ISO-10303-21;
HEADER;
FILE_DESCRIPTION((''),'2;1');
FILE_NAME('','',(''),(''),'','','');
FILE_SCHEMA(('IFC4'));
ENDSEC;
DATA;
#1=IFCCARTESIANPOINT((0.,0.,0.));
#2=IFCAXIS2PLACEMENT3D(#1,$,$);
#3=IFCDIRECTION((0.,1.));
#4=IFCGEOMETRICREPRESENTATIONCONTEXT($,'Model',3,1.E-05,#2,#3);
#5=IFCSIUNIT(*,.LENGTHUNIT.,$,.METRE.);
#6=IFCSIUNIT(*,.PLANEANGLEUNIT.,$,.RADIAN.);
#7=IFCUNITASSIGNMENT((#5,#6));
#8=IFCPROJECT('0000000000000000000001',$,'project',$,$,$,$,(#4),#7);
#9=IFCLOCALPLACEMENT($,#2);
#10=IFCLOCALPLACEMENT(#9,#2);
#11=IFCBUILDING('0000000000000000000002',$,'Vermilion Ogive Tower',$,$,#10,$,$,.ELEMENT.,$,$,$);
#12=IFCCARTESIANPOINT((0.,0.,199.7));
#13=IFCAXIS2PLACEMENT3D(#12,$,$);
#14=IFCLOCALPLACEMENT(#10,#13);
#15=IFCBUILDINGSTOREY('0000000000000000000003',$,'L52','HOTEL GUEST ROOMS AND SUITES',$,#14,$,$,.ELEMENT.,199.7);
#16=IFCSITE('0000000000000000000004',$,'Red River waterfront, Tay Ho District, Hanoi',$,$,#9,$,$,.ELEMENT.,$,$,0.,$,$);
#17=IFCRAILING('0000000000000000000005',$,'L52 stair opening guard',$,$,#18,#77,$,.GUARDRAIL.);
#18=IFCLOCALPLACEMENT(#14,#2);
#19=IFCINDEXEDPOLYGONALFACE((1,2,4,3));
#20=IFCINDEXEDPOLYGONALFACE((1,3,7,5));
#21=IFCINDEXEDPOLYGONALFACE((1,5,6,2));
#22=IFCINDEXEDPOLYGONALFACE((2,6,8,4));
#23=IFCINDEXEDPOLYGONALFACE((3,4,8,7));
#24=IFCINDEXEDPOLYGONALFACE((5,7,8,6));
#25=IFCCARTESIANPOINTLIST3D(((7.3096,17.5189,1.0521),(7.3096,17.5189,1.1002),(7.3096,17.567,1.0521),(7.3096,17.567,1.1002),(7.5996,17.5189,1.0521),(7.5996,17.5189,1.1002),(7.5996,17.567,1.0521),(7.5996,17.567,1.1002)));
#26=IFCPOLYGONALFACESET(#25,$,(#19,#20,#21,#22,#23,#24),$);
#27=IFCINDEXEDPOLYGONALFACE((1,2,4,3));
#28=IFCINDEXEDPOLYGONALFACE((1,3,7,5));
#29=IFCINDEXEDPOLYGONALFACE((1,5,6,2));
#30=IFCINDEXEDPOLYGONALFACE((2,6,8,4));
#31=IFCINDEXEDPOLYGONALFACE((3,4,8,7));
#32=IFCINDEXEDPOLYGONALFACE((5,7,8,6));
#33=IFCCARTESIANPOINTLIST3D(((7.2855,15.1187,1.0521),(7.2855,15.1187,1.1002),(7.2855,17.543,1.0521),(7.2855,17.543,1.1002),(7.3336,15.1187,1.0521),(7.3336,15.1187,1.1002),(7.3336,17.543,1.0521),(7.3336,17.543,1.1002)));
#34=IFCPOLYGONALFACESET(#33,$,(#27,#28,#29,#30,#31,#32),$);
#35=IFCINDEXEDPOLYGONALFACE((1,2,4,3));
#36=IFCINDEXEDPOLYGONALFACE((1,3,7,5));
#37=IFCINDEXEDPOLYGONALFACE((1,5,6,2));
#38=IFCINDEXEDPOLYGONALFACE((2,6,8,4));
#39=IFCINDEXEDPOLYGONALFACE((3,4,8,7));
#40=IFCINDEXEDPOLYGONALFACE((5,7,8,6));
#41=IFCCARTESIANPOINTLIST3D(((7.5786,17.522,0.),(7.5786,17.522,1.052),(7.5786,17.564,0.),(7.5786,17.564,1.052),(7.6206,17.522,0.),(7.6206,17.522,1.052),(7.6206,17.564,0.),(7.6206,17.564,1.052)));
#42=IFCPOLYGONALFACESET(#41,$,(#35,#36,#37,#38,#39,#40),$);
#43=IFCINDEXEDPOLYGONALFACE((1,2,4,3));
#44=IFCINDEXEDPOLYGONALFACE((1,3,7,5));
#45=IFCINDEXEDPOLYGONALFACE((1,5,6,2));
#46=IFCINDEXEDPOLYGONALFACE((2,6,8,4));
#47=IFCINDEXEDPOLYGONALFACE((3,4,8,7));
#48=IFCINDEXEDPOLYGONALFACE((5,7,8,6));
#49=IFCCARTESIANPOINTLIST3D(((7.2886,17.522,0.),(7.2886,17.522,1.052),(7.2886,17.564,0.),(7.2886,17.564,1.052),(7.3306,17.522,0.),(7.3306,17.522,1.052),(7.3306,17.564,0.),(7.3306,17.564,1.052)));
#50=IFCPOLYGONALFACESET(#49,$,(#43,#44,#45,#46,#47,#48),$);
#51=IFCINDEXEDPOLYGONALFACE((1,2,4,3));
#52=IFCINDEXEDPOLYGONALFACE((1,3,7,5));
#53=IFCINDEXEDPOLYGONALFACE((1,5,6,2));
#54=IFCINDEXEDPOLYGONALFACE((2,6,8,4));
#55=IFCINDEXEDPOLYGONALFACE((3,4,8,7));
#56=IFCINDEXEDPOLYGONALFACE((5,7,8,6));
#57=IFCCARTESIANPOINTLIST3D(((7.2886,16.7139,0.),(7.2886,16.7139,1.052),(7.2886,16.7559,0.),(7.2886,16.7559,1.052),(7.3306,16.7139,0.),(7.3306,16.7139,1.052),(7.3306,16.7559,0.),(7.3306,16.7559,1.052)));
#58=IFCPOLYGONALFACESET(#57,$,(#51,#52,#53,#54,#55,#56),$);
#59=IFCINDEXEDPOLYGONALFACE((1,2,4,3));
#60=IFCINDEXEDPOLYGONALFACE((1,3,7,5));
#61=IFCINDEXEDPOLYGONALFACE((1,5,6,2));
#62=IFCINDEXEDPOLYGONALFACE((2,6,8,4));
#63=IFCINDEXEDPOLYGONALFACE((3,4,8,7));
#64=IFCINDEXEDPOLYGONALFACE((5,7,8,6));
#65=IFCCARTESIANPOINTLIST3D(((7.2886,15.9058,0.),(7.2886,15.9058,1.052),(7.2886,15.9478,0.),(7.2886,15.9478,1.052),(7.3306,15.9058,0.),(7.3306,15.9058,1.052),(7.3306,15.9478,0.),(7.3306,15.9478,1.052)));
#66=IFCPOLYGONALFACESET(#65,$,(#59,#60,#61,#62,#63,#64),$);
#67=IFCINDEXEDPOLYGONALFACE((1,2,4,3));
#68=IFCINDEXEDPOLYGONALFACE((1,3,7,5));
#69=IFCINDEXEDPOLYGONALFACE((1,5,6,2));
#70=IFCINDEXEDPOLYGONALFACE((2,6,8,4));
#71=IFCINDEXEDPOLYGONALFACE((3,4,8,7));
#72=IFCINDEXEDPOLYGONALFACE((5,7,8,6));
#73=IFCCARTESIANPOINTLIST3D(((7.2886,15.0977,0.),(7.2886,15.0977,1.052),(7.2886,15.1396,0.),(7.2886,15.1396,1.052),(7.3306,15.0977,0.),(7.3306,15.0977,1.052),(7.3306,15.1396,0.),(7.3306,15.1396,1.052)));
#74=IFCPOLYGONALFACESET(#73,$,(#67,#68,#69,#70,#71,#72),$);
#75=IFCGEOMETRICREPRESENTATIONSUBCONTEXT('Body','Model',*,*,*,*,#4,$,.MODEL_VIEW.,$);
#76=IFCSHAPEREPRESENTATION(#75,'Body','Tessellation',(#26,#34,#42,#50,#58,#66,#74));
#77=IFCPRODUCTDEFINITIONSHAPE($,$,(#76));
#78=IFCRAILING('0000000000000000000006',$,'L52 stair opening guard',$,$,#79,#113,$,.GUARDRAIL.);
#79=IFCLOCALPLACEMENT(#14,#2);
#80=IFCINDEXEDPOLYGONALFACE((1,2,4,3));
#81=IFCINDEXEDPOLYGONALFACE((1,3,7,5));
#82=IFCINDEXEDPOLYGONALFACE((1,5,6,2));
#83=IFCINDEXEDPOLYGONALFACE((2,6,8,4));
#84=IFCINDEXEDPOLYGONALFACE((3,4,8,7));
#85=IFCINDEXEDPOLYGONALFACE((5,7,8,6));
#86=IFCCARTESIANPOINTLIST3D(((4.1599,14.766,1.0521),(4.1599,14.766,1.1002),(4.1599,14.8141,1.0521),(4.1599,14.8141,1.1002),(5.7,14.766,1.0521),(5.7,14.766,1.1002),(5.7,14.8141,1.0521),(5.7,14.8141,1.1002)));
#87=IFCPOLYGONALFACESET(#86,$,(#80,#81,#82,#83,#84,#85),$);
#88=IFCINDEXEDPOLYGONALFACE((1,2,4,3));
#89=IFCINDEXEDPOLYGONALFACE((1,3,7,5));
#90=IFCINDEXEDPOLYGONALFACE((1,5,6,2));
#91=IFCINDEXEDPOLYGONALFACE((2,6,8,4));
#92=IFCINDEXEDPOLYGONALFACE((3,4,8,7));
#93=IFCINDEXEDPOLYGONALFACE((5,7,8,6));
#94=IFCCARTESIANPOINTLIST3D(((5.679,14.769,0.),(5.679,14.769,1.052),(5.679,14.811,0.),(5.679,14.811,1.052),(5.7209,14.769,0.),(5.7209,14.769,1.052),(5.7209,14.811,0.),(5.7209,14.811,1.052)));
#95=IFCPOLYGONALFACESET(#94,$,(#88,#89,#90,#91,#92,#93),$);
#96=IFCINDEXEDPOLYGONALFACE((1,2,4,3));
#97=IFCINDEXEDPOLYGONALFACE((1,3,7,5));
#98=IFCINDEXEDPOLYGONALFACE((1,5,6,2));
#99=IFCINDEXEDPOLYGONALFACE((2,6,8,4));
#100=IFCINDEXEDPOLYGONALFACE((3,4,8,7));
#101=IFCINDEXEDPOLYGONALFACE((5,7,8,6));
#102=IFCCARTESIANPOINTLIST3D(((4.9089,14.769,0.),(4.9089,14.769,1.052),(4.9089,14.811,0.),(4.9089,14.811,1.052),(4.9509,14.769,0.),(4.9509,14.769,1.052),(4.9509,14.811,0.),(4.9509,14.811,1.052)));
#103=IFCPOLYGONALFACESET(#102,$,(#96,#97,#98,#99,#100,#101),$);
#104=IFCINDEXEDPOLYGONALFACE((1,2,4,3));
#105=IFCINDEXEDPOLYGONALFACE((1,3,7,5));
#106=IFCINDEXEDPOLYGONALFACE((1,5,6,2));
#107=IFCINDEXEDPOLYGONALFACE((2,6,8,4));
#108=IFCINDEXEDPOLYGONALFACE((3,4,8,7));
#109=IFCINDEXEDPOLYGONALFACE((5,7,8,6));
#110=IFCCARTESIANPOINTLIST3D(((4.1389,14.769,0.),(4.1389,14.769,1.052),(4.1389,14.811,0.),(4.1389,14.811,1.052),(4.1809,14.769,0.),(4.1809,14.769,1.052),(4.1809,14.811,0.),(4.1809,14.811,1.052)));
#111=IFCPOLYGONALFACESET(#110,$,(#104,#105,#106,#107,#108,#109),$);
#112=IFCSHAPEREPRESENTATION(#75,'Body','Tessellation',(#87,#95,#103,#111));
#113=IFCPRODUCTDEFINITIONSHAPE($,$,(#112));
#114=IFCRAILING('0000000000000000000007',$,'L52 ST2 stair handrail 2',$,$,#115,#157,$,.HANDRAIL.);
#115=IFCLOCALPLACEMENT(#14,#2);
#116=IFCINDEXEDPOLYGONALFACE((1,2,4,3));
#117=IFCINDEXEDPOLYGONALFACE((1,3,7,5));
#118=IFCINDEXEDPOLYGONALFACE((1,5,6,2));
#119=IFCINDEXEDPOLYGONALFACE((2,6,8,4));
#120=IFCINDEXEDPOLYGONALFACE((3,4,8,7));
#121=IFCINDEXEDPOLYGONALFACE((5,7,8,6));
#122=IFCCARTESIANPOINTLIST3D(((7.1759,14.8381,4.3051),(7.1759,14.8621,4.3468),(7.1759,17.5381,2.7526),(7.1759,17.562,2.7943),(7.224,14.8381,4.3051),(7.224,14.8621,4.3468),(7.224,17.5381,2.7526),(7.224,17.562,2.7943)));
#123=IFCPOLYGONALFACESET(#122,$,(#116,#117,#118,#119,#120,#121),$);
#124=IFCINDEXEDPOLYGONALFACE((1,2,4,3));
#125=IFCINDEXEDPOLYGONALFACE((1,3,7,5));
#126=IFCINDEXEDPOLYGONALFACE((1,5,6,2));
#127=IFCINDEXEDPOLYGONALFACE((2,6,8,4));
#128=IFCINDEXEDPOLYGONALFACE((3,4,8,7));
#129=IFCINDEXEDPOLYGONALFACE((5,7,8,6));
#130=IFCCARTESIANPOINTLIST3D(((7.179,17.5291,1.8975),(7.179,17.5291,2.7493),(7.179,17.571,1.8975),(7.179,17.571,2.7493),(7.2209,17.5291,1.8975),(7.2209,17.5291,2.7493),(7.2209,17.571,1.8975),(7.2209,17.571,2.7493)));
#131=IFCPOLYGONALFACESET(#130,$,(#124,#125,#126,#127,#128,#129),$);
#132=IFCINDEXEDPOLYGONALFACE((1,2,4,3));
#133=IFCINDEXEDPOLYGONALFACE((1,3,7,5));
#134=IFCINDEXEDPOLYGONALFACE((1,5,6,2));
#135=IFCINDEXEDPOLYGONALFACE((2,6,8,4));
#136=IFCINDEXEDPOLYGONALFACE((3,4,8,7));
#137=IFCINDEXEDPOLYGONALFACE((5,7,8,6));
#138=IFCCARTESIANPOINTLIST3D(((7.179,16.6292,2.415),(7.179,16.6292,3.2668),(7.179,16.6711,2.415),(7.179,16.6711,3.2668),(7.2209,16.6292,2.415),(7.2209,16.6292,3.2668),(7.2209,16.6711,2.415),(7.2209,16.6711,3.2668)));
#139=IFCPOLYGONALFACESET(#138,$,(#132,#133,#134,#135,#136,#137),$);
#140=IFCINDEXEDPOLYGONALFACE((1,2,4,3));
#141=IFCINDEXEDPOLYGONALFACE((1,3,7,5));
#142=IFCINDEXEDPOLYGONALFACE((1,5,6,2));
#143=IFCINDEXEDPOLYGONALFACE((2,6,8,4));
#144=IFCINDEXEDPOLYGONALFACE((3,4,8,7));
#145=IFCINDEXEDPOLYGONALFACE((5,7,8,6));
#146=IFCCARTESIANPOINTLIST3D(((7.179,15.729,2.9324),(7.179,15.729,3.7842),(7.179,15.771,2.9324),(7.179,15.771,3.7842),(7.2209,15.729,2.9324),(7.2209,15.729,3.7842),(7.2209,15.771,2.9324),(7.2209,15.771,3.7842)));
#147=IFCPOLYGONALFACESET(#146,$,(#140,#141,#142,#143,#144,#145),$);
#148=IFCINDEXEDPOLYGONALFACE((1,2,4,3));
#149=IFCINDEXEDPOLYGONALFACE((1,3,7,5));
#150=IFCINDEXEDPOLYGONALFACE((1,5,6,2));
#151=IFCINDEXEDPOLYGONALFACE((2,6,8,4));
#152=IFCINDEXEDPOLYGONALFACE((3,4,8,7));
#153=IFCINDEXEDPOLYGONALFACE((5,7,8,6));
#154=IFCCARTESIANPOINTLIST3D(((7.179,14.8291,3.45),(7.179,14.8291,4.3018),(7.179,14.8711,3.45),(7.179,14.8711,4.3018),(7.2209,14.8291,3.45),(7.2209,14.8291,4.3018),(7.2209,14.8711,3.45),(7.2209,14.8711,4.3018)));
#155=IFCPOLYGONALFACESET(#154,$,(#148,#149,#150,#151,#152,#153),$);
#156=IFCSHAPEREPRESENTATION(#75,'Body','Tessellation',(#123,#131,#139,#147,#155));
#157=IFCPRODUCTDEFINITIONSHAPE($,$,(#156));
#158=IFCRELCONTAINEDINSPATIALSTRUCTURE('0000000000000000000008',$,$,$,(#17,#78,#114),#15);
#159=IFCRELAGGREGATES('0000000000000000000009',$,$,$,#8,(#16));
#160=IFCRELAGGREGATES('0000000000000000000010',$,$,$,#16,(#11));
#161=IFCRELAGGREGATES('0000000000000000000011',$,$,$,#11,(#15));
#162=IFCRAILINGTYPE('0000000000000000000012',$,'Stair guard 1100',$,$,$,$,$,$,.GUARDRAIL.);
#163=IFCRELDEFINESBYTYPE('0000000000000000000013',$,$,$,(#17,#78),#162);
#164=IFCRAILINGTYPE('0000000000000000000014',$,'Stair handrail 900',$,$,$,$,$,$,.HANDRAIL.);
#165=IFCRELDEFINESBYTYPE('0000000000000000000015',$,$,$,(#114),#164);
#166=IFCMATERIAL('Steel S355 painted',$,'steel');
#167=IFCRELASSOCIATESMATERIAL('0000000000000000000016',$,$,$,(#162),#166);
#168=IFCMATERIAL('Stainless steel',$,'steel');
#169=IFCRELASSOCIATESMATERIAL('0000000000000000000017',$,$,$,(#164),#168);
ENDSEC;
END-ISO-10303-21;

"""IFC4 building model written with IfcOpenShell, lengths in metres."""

from ifc_helpers import new_model, si_unit, direction, frame, origin, origin_2d, place, context, subcontext, project, spatial, rectangle, extrude, material, type_object, element, save


model = new_model("IFC4")

# Units and contexts
model_context = context("Model", 3, precision=1e-05, world=origin(), true_north=direction((0.0, 1.0)))
body_context = subcontext(model_context, "Body", "Model", "MODEL_VIEW")
ifc_project = project(units=[si_unit("LENGTHUNIT", "METRE"), si_unit("PLANEANGLEUNIT", "RADIAN")], contexts=[model_context])

# Site, building, storey
site_placement = place(None, origin())
site = spatial("IfcSite", under=ifc_project, at=site_placement, Name="Red River waterfront, Tay Ho District, Hanoi", CompositionType="ELEMENT", RefElevation=0.0)
building_placement = place(site_placement, origin())
building = spatial("IfcBuilding", under=site, at=building_placement, Name="Vermilion Ogive Tower", CompositionType="ELEMENT")
storey_placement = place(building_placement, frame((0.0, 0.0, 199.7)))
storey = spatial("IfcBuildingStorey", under=building, at=storey_placement, Name="L52", Description="HOTEL GUEST ROOMS AND SUITES", CompositionType="ELEMENT", Elevation=199.7)

# Railings
ifc_material_1 = material(Name="Steel S355 painted", Category="steel")
railing_type_1 = type_object("IfcRailingType", Name="Stair guard 1100", PredefinedType="GUARDRAIL", material=ifc_material_1)
railing_1_placement = place(storey_placement, frame((7.5996, 17.543, 0.0)))
element("IfcRailing", 1, at=railing_1_placement, inside=storey, type_object=railing_type_1, Name="L52 stair opening guard", PredefinedType="GUARDRAIL", context=body_context, shape_type="SweptSolid", body=[
    extrude(rectangle(XDim=0.0481, YDim=0.0481, at=origin_2d()), frame((0.0, 0.0, 1.0762), z_axis=(-1.0, 0.0, 0.0), x_axis=(0.0, -1.0, 0.0)), (0.0, 0.0, 1.0), 0.29),
    extrude(rectangle(XDim=0.0481, YDim=0.0481, at=origin_2d()), frame((-0.29, 0.0, 1.0762), z_axis=(0.0, -1.0, 0.0), x_axis=(1.0, 0.0, 0.0)), (0.0, 0.0, 1.0), 2.4243),
    extrude(rectangle(XDim=0.042, YDim=0.042, at=origin_2d()), origin(), (0.0, 0.0, 1.0), 1.052),
    extrude(rectangle(XDim=0.042, YDim=0.042, at=origin_2d()), frame((-0.29, 0.0, 0.0)), (0.0, 0.0, 1.0), 1.052),
    extrude(rectangle(XDim=0.042, YDim=0.042, at=origin_2d()), frame((-0.29, -0.8081, 0.0)), (0.0, 0.0, 1.0), 1.052),
    extrude(rectangle(XDim=0.042, YDim=0.042, at=origin_2d()), frame((-0.29, -1.6162, 0.0)), (0.0, 0.0, 1.0), 1.052),
    extrude(rectangle(XDim=0.042, YDim=0.042, at=origin_2d()), frame((-0.29, -2.4243, 0.0)), (0.0, 0.0, 1.0), 1.052),
])
railing_2_placement = place(storey_placement, frame((5.7, 14.79, 0.0)))
element("IfcRailing", 2, at=railing_2_placement, inside=storey, type_object=railing_type_1, Name="L52 stair opening guard", PredefinedType="GUARDRAIL", context=body_context, shape_type="SweptSolid", body=[
    extrude(rectangle(XDim=0.0481, YDim=0.0481, at=origin_2d()), frame((0.0, 0.0, 1.0762), z_axis=(-1.0, 0.0, 0.0), x_axis=(0.0, -1.0, 0.0)), (0.0, 0.0, 1.0), 1.54),
    extrude(rectangle(XDim=0.042, YDim=0.042, at=origin_2d()), origin(), (0.0, 0.0, 1.0), 1.052),
    extrude(rectangle(XDim=0.042, YDim=0.042, at=origin_2d()), frame((-0.77, 0.0, 0.0)), (0.0, 0.0, 1.0), 1.052),
    extrude(rectangle(XDim=0.042, YDim=0.042, at=origin_2d()), frame((-1.54, 0.0, 0.0)), (0.0, 0.0, 1.0), 1.052),
])
ifc_material_2 = material(Name="Stainless steel", Category="steel")
railing_type_2 = type_object("IfcRailingType", Name="Stair handrail 900", PredefinedType="HANDRAIL", material=ifc_material_2)
railing_3_placement = place(storey_placement, frame((7.2, 17.55, 1.8975)))
element("IfcRailing", 3, at=railing_3_placement, inside=storey, type_object=railing_type_2, Name="L52 ST2 stair handrail 2", PredefinedType="HANDRAIL", context=body_context, shape_type="SweptSolid", body=[
    extrude(rectangle(XDim=0.0481, YDim=0.0481, at=origin_2d()), frame((0.0, 0.0, 0.876), z_axis=(0.0, -0.866904, 0.498476), x_axis=(1.0, 0.0, 0.0)), (0.0, 0.0, 1.0), 3.1145),
    extrude(rectangle(XDim=0.042, YDim=0.042, at=origin_2d()), origin(), (0.0, 0.0, 1.0), 0.8518),
    extrude(rectangle(XDim=0.042, YDim=0.042, at=origin_2d()), frame((0.0, -0.8999, 0.5176)), (0.0, 0.0, 1.0), 0.8518),
    extrude(rectangle(XDim=0.042, YDim=0.042, at=origin_2d()), frame((0.0, -1.8, 1.0349)), (0.0, 0.0, 1.0), 0.8518),
    extrude(rectangle(XDim=0.042, YDim=0.042, at=origin_2d()), frame((0.0, -2.7, 1.5525)), (0.0, 0.0, 1.0), 0.8518),
])

save(model, "model.ifc")
